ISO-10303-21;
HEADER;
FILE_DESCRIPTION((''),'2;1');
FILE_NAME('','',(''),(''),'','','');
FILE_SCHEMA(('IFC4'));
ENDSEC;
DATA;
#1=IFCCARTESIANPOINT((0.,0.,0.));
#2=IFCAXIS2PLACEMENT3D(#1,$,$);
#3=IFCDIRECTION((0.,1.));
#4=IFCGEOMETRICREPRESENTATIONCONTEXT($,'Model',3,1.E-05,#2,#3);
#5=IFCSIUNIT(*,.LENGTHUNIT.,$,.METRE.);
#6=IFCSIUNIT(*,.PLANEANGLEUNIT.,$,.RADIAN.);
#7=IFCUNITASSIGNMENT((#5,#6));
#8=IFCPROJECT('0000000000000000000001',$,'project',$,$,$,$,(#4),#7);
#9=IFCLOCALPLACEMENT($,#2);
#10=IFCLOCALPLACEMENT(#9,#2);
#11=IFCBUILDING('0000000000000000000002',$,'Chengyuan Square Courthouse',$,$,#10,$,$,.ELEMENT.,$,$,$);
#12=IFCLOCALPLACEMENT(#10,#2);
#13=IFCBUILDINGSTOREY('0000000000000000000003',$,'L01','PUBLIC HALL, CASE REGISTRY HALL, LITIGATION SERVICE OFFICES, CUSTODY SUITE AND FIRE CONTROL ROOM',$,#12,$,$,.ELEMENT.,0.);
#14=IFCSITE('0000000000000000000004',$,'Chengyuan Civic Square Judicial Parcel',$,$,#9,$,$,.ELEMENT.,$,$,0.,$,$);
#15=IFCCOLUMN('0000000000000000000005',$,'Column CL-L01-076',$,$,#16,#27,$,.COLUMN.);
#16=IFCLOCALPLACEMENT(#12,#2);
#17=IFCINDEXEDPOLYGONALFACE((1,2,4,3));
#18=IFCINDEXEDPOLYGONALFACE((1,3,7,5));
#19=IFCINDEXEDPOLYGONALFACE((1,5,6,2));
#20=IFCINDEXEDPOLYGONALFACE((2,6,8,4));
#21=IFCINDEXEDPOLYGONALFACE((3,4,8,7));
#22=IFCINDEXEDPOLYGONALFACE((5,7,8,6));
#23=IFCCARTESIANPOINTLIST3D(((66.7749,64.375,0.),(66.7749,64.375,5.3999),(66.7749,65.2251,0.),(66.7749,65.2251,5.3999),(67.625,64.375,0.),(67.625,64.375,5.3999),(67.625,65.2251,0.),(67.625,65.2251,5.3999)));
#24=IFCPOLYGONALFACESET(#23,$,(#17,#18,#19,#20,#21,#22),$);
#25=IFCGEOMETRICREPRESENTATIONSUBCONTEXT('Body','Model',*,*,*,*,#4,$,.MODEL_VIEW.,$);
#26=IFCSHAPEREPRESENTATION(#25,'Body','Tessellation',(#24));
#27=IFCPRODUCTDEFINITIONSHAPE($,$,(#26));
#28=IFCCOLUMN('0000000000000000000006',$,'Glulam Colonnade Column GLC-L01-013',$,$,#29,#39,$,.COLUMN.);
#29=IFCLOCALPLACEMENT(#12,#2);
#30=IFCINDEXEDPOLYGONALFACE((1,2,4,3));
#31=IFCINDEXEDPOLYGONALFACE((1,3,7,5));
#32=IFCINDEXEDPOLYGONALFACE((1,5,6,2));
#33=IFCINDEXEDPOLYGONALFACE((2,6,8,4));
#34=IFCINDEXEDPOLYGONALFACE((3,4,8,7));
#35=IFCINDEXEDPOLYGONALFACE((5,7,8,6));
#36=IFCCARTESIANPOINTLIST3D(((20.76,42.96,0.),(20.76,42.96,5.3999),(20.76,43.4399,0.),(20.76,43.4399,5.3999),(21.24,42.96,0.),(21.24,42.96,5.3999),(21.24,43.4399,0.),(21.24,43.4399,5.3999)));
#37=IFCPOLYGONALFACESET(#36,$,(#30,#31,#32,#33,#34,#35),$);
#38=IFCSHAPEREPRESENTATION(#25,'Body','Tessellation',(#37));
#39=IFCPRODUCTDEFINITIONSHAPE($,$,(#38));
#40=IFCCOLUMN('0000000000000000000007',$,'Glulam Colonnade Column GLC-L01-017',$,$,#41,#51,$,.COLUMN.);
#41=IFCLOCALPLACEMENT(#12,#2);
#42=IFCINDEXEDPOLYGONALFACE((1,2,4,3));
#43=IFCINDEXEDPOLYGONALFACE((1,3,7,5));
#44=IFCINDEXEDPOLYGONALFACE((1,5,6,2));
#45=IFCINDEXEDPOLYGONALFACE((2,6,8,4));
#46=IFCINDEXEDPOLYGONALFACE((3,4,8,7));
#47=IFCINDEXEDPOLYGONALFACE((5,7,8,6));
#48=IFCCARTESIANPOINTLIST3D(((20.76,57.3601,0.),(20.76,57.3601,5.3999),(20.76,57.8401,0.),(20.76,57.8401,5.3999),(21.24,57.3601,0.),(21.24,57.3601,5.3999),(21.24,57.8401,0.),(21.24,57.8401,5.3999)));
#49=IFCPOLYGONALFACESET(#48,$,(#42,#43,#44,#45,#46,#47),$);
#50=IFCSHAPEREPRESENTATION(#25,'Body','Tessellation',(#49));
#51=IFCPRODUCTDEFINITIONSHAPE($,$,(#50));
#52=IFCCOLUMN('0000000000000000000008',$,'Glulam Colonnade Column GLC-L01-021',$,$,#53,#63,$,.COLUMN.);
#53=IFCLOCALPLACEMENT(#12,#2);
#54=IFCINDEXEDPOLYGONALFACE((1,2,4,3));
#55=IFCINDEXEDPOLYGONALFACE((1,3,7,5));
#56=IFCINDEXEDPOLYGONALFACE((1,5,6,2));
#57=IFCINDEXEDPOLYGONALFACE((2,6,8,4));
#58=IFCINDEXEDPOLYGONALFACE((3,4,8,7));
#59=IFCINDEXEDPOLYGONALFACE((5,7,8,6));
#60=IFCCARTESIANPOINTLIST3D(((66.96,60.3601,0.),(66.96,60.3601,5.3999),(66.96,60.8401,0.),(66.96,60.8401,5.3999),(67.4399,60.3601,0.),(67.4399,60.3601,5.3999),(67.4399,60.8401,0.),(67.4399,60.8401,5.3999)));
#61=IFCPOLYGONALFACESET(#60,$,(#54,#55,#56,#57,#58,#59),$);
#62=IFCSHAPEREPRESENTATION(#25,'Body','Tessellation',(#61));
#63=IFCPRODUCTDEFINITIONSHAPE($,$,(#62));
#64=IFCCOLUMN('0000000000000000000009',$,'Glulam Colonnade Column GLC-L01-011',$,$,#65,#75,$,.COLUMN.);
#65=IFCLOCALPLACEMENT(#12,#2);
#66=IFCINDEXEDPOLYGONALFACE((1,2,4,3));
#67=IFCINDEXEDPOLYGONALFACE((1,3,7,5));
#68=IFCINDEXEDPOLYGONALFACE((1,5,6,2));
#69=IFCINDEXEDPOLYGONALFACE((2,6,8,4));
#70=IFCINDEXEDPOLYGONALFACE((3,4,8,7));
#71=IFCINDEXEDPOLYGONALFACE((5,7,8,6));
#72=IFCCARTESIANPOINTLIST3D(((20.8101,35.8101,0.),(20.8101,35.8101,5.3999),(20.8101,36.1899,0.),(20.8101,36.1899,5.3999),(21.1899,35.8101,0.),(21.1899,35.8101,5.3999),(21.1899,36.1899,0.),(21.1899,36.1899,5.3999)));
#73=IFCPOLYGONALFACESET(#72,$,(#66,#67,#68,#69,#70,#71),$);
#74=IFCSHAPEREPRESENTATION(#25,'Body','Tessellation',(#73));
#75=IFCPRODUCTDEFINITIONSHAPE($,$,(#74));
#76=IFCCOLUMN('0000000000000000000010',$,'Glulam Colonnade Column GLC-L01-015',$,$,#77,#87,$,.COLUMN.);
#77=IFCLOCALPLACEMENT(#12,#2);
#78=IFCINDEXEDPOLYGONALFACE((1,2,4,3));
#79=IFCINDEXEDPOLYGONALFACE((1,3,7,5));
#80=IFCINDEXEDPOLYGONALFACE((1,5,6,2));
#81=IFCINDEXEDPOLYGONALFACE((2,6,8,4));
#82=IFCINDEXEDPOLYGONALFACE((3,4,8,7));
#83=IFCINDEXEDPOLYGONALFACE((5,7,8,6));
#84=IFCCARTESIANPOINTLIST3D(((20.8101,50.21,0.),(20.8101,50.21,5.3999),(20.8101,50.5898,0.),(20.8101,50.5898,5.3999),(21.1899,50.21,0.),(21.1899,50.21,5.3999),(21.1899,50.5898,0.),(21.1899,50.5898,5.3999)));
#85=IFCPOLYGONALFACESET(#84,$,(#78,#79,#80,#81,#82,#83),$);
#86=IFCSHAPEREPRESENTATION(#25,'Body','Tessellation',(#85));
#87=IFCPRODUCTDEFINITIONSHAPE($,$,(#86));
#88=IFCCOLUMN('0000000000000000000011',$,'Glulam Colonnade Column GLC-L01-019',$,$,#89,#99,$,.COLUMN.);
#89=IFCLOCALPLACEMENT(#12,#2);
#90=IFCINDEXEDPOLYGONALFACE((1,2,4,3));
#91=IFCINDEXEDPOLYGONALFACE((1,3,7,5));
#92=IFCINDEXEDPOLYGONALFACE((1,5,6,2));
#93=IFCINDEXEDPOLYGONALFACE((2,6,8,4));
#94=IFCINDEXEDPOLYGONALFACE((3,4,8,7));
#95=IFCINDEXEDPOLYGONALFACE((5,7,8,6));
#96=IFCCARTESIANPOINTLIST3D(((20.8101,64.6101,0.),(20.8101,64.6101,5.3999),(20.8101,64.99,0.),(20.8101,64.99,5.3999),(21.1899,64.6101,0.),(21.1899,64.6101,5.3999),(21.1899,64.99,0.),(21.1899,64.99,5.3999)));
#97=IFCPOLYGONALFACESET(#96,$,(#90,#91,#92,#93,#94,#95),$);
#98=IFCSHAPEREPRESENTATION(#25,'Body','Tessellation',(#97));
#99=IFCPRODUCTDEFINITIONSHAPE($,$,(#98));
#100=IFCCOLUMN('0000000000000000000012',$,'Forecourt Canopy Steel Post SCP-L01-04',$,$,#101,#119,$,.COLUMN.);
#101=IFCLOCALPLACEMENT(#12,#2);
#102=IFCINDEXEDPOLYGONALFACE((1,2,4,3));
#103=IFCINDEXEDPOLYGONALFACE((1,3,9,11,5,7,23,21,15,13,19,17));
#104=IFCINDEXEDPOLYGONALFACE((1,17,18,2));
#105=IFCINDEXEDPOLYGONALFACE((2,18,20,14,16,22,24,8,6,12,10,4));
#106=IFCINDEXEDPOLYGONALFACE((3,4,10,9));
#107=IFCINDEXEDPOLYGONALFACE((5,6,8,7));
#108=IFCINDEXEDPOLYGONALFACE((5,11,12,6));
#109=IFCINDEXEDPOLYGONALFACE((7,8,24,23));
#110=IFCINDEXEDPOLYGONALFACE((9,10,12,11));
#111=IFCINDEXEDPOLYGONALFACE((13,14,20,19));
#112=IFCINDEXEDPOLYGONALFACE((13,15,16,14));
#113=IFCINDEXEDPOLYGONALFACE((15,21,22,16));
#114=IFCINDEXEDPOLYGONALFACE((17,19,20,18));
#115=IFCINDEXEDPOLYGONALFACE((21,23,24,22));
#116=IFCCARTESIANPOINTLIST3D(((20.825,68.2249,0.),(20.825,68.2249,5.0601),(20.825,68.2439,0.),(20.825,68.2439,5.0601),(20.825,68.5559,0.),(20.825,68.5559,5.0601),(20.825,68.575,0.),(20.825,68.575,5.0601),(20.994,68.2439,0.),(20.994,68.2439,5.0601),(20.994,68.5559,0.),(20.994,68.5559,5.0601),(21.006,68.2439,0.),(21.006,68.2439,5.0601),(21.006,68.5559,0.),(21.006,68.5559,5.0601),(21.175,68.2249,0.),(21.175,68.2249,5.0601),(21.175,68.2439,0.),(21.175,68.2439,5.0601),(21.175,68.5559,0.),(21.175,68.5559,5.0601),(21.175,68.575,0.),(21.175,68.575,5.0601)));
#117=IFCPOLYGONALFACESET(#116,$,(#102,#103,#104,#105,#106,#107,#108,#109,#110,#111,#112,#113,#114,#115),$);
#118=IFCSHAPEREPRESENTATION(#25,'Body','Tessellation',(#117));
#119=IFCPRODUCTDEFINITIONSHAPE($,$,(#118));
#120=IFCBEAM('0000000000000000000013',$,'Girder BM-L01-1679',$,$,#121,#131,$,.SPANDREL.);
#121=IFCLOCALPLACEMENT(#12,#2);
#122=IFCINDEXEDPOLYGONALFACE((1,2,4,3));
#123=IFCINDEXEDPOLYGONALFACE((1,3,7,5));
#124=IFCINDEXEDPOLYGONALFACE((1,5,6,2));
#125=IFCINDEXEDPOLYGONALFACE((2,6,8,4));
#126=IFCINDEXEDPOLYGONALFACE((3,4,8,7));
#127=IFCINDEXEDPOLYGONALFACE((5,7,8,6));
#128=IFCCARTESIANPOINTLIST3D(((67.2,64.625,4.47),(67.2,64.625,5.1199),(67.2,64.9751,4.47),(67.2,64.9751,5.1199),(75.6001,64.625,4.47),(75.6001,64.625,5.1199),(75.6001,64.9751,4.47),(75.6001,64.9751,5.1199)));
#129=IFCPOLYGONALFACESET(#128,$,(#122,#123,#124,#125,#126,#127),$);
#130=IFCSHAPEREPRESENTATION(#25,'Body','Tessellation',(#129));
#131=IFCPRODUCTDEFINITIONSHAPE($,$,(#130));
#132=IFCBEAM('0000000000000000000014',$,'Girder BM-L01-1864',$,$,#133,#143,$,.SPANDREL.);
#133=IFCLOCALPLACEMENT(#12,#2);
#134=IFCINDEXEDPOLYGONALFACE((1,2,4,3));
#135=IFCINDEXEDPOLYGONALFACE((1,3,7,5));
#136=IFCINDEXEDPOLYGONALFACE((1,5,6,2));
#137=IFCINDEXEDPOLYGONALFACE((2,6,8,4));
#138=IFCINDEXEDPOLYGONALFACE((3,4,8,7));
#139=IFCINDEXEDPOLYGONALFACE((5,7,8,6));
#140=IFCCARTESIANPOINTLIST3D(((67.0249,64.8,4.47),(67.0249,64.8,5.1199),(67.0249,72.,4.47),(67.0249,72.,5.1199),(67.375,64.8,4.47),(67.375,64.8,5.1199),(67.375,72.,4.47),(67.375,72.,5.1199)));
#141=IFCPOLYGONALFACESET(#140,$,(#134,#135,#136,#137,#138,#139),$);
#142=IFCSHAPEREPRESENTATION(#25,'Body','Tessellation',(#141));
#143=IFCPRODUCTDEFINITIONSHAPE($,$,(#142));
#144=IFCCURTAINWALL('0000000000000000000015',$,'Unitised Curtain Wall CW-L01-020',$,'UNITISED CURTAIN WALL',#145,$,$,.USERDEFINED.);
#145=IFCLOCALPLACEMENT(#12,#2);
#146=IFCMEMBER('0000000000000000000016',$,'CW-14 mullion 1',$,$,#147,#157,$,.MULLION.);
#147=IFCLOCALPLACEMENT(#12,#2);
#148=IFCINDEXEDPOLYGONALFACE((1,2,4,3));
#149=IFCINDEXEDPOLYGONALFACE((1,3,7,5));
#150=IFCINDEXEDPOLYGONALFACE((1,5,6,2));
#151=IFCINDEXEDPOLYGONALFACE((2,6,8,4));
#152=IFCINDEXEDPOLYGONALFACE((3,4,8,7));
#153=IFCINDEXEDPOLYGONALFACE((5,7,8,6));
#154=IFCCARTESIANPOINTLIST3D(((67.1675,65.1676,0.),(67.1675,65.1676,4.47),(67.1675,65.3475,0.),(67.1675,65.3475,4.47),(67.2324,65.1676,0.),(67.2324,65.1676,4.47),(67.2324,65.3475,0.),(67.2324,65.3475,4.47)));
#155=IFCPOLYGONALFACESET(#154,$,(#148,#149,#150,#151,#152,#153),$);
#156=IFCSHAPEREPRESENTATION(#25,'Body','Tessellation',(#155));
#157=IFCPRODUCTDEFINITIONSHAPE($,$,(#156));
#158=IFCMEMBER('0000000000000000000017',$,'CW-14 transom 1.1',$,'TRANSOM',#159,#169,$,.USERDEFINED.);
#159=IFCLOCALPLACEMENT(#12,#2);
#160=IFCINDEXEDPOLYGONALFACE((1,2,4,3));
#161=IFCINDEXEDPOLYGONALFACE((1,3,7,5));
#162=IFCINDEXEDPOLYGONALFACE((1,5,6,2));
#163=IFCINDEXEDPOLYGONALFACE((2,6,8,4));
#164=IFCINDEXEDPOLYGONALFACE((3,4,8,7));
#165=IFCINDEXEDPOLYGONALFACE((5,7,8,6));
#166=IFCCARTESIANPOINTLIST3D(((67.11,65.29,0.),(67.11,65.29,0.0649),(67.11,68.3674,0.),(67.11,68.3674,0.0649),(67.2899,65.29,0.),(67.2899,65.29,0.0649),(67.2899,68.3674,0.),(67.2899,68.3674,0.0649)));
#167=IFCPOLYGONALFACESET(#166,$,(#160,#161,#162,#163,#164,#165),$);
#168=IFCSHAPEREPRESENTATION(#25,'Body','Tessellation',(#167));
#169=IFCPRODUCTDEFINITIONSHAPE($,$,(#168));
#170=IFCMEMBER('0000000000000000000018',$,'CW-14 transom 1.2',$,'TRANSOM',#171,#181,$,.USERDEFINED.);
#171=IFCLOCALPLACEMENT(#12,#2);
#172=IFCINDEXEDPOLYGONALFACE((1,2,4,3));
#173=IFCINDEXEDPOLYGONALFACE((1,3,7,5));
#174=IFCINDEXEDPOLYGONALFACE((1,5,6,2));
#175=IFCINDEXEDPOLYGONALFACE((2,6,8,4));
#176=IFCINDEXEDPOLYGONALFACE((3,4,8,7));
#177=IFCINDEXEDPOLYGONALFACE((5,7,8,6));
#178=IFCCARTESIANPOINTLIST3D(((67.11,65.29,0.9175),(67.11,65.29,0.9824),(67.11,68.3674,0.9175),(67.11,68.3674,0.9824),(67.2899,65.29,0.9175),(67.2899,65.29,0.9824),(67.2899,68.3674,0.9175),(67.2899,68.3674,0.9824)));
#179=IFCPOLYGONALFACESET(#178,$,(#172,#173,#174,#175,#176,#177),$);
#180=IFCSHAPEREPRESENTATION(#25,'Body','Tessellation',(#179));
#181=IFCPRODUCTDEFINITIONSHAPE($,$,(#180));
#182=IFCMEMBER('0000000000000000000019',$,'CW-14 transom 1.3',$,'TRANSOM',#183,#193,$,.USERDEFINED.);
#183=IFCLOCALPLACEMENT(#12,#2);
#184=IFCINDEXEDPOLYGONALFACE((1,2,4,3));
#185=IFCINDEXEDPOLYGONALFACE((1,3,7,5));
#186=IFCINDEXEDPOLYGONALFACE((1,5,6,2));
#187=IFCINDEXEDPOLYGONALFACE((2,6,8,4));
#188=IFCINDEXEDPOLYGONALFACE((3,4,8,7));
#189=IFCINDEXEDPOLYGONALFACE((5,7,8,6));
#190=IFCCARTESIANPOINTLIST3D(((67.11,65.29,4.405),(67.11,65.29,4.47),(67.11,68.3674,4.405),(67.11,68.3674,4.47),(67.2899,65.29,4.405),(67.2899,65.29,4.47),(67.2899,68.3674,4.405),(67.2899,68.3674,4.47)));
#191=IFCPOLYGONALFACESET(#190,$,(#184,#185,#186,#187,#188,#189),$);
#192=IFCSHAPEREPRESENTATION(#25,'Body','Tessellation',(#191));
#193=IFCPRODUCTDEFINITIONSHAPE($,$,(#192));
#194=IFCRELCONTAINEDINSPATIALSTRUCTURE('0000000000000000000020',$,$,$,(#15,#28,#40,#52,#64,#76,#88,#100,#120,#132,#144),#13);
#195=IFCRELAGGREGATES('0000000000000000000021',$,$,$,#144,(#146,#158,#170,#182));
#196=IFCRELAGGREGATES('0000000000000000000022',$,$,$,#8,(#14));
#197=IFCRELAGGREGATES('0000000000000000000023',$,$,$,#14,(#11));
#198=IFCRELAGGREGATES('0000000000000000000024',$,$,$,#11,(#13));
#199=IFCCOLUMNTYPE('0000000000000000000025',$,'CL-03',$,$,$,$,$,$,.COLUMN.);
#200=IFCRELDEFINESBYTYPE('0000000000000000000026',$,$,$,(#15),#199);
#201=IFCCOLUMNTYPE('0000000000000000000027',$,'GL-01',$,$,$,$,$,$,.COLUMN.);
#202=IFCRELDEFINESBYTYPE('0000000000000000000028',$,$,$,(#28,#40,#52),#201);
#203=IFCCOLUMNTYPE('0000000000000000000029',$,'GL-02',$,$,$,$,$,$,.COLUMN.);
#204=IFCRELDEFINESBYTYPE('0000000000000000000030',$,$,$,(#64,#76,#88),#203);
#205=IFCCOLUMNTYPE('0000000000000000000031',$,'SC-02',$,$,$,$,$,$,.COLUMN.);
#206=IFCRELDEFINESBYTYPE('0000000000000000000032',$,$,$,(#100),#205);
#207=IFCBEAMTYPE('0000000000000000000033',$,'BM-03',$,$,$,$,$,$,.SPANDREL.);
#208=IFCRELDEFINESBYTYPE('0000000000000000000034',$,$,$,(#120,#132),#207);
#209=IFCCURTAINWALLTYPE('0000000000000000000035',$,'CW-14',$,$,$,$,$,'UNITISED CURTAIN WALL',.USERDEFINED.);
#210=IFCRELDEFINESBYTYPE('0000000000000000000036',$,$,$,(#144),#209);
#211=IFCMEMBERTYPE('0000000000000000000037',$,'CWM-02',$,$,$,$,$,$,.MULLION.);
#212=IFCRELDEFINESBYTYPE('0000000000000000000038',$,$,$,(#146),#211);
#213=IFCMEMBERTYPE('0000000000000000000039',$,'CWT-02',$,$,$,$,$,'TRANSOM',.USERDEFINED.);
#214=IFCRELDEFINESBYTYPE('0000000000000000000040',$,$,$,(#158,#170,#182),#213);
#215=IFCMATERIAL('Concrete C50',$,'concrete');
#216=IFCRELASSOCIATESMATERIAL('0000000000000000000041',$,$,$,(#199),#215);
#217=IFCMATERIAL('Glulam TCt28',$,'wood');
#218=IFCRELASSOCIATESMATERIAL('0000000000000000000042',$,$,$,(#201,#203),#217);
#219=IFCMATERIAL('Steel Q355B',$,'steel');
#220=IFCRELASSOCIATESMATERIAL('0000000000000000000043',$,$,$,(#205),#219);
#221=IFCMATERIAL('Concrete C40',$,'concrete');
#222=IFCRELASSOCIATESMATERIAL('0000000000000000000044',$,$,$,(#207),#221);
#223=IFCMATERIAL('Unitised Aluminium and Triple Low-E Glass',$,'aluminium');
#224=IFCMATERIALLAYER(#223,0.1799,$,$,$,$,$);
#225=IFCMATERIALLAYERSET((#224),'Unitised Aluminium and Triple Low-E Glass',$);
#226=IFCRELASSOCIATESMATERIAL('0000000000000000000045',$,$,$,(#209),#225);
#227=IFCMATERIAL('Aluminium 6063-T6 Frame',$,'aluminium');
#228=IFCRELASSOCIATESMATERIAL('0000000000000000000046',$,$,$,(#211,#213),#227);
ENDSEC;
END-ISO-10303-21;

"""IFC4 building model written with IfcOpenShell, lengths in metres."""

from ifc_helpers import new_model, si_unit, direction, frame, origin, origin_2d, place, context, subcontext, project, spatial, rectangle, i_section, extrude, material, layer, layer_set, material_profile, profile_set, type_object, element, aggregate, save


model = new_model("IFC4")

# Units and contexts
model_context = context("Model", 3, precision=1e-05, world=origin(), true_north=direction((0.0, 1.0)))
body_context = subcontext(model_context, "Body", "Model", "MODEL_VIEW")
ifc_project = project(units=[si_unit("LENGTHUNIT", "METRE"), si_unit("PLANEANGLEUNIT", "RADIAN")], contexts=[model_context])

# Site, building, storey
site_placement = place(None, origin())
site = spatial("IfcSite", under=ifc_project, at=site_placement, Name="Chengyuan Civic Square Judicial Parcel", CompositionType="ELEMENT", RefElevation=0.0)
building_placement = place(site_placement, origin())
building = spatial("IfcBuilding", under=site, at=building_placement, Name="Chengyuan Square Courthouse", CompositionType="ELEMENT")
storey_placement = place(building_placement, origin())
storey = spatial("IfcBuildingStorey", under=building, at=storey_placement, Name="L01", Description="PUBLIC HALL, CASE REGISTRY HALL, LITIGATION SERVICE OFFICES, CUSTODY SUITE AND FIRE CONTROL ROOM", CompositionType="ELEMENT", Elevation=0.0)

# Columns
ifc_material_1 = material(Name="Concrete C50", Category="concrete")
ifc_material_profile_1 = material_profile(ifc_material_1, rectangle(XDim=0.8501, YDim=0.8501, at=origin_2d()), Name="RC-COL-850x850")
ifc_profile_set_1 = profile_set([ifc_material_profile_1], Name="Concrete C50")
column_type_1 = type_object("IfcColumnType", Name="CL-03", PredefinedType="COLUMN", material=ifc_profile_set_1)
column_1_placement = place(storey_placement, frame((67.2, 64.8, 0.0), z_axis=(0.0, 0.0, 1.0), x_axis=(1.0, 0.0, 0.0)))
element("IfcColumn", 1, at=column_1_placement, inside=storey, type_object=column_type_1, Name="Column CL-L01-076", PredefinedType="COLUMN", context=body_context, shape_type="SweptSolid", body=[
    extrude(rectangle(XDim=0.8501, YDim=0.8501, at=origin_2d()), origin(), (0.0, 0.0, 1.0), 5.3999),
])
ifc_material_2 = material(Name="Glulam TCt28", Category="wood")
ifc_material_profile_2 = material_profile(ifc_material_2, rectangle(XDim=0.48, YDim=0.48, at=origin_2d()), Name="GL-COL-480x480")
ifc_profile_set_2 = profile_set([ifc_material_profile_2], Name="Glulam TCt28")
column_type_2 = type_object("IfcColumnType", Name="GL-01", PredefinedType="COLUMN", material=ifc_profile_set_2)
for number, where, z_axis, x_axis, name in (
    (2, (21.0, 43.2, 0.0), (0.0, 0.0, 1.0), (1.0, 0.0, 0.0), "Glulam Colonnade Column GLC-L01-013"),
    (3, (21.0, 57.6001, 0.0), (0.0, 0.0, 1.0), (1.0, 0.0, 0.0), "Glulam Colonnade Column GLC-L01-017"),
    (4, (67.2, 60.6001, 0.0), (0.0, 0.0, 1.0), (1.0, 0.0, 0.0), "Glulam Colonnade Column GLC-L01-021"),
):
    element("IfcColumn", number, at=place(storey_placement, frame(where, z_axis=z_axis, x_axis=x_axis)), inside=storey, type_object=column_type_2, Name=name, PredefinedType="COLUMN", context=body_context, shape_type="SweptSolid", body=[
        extrude(rectangle(XDim=0.48, YDim=0.48, at=origin_2d()), origin(), (0.0, 0.0, 1.0), 5.3999),
    ])
ifc_material_profile_3 = material_profile(ifc_material_2, rectangle(XDim=0.3799, YDim=0.3799, at=origin_2d()), Name="GL-COL-380x380")
ifc_profile_set_3 = profile_set([ifc_material_profile_3], Name="Glulam TCt28")
column_type_3 = type_object("IfcColumnType", Name="GL-02", PredefinedType="COLUMN", material=ifc_profile_set_3)
for number, where, z_axis, x_axis, name in (
    (5, (21.0, 36.0, 0.0), (0.0, 0.0, 1.0), (1.0, 0.0, 0.0), "Glulam Colonnade Column GLC-L01-011"),
    (6, (21.0, 50.3999, 0.0), (0.0, 0.0, 1.0), (1.0, 0.0, 0.0), "Glulam Colonnade Column GLC-L01-015"),
    (7, (21.0, 64.8, 0.0), (0.0, 0.0, 1.0), (1.0, 0.0, 0.0), "Glulam Colonnade Column GLC-L01-019"),
):
    element("IfcColumn", number, at=place(storey_placement, frame(where, z_axis=z_axis, x_axis=x_axis)), inside=storey, type_object=column_type_3, Name=name, PredefinedType="COLUMN", context=body_context, shape_type="SweptSolid", body=[
        extrude(rectangle(XDim=0.3799, YDim=0.3799, at=origin_2d()), origin(), (0.0, 0.0, 1.0), 5.3999),
    ])
ifc_material_3 = material(Name="Steel Q355B", Category="steel")
ifc_material_profile_4 = material_profile(ifc_material_3, i_section(OverallWidth=0.3501, OverallDepth=0.3501, WebThickness=0.012, FlangeThickness=0.019, at=origin_2d()), Name="HW 350x350x12x19")
ifc_profile_set_4 = profile_set([ifc_material_profile_4], Name="Steel Q355B")
column_type_4 = type_object("IfcColumnType", Name="SC-02", PredefinedType="COLUMN", material=ifc_profile_set_4)
column_2_placement = place(storey_placement, frame((21.0, 68.3999, 0.0), z_axis=(0.0, 0.0, 1.0), x_axis=(1.0, 0.0, 0.0)))
element("IfcColumn", 8, at=column_2_placement, inside=storey, type_object=column_type_4, Name="Forecourt Canopy Steel Post SCP-L01-04", PredefinedType="COLUMN", context=body_context, shape_type="SweptSolid", body=[
    extrude(i_section(OverallWidth=0.3501, OverallDepth=0.3501, WebThickness=0.012, FlangeThickness=0.019, at=origin_2d()), origin(), (0.0, 0.0, 1.0), 5.0601),
])

# Beams
ifc_material_4 = material(Name="Concrete C40", Category="concrete")
ifc_material_profile_5 = material_profile(ifc_material_4, rectangle(XDim=0.3501, YDim=0.6499, at=origin_2d()), Name="RC-BM-350x650")
ifc_profile_set_5 = profile_set([ifc_material_profile_5], Name="Concrete C40")
beam_type_1 = type_object("IfcBeamType", Name="BM-03", PredefinedType="SPANDREL", material=ifc_profile_set_5)
beam_1_placement = place(storey_placement, frame((67.2, 64.8, 4.7949), z_axis=(1.0, 0.0, 0.0), x_axis=(0.0, 1.0, 0.0)))
element("IfcBeam", 9, at=beam_1_placement, inside=storey, type_object=beam_type_1, Name="Girder BM-L01-1679", PredefinedType="SPANDREL", context=body_context, shape_type="SweptSolid", body=[
    extrude(rectangle(XDim=0.3501, YDim=0.6499, at=origin_2d()), origin(), (0.0, 0.0, 1.0), 8.4001),
])
beam_2_placement = place(storey_placement, frame((67.2, 64.8, 4.7949), z_axis=(0.0, 1.0, 0.0), x_axis=(-1.0, 0.0, 0.0)))
element("IfcBeam", 10, at=beam_2_placement, inside=storey, type_object=beam_type_1, Name="Girder BM-L01-1864", PredefinedType="SPANDREL", context=body_context, shape_type="SweptSolid", body=[
    extrude(rectangle(XDim=0.3501, YDim=0.6499, at=origin_2d()), origin(), (0.0, 0.0, 1.0), 7.2),
])

# Curtain wall, members
ifc_material_5 = material(Name="Unitised Aluminium and Triple Low-E Glass", Category="aluminium")
ifc_layer_1 = layer(ifc_material_5, 0.1799)
ifc_layer_set_1 = layer_set([ifc_layer_1], Name="Unitised Aluminium and Triple Low-E Glass")
curtain_wall_type_1 = type_object("IfcCurtainWallType", Name="CW-14", ElementType="UNITISED CURTAIN WALL", PredefinedType="USERDEFINED", material=ifc_layer_set_1)
curtain_wall_1_placement = place(storey_placement, origin())
curtain_wall_1 = element("IfcCurtainWall", 11, at=curtain_wall_1_placement, inside=storey, type_object=curtain_wall_type_1, Name="Unitised Curtain Wall CW-L01-020", ObjectType="UNITISED CURTAIN WALL", PredefinedType="USERDEFINED")
ifc_material_6 = material(Name="Aluminium 6063-T6 Frame", Category="aluminium")
ifc_material_profile_6 = material_profile(ifc_material_6, rectangle(XDim=0.0649, YDim=0.1799, at=origin_2d()), Name="CW-MUL-65x180")
ifc_profile_set_6 = profile_set([ifc_material_profile_6], Name="Aluminium 6063-T6 Frame")
member_type_1 = type_object("IfcMemberType", Name="CWM-02", PredefinedType="MULLION", material=ifc_profile_set_6)
member_1_placement = place(storey_placement, frame((67.2, 65.2576, 0.0), z_axis=(0.0, 0.0, 1.0), x_axis=(-1.0, 0.0, 0.0)))
member_1 = element("IfcMember", 12, at=member_1_placement, type_object=member_type_1, Name="CW-14 mullion 1", PredefinedType="MULLION", context=body_context, shape_type="SweptSolid", body=[
    extrude(rectangle(XDim=0.0649, YDim=0.1799, at=origin_2d()), origin(), (0.0, 0.0, 1.0), 4.47),
])
ifc_material_profile_7 = material_profile(ifc_material_6, rectangle(XDim=0.1799, YDim=0.0649, at=origin_2d()), Name="CW-TRN-65x140")
ifc_profile_set_7 = profile_set([ifc_material_profile_7], Name="Aluminium 6063-T6 Frame")
member_type_2 = type_object("IfcMemberType", Name="CWT-02", ElementType="TRANSOM", PredefinedType="USERDEFINED", material=ifc_profile_set_7)
member_2_placement = place(storey_placement, frame((67.2, 65.29, 0.0325), z_axis=(0.0, 1.0, 0.0), x_axis=(-1.0, 0.0, 0.0)))
member_2 = element("IfcMember", 13, at=member_2_placement, type_object=member_type_2, Name="CW-14 transom 1.1", ObjectType="TRANSOM", PredefinedType="USERDEFINED", context=body_context, shape_type="SweptSolid", body=[
    extrude(rectangle(XDim=0.1799, YDim=0.0649, at=origin_2d()), origin(), (0.0, 0.0, 1.0), 3.0774),
])
member_3_placement = place(storey_placement, frame((67.2, 65.29, 0.95), z_axis=(0.0, 1.0, 0.0), x_axis=(-1.0, 0.0, 0.0)))
member_3 = element("IfcMember", 14, at=member_3_placement, type_object=member_type_2, Name="CW-14 transom 1.2", ObjectType="TRANSOM", PredefinedType="USERDEFINED", context=body_context, shape_type="SweptSolid", body=[
    extrude(rectangle(XDim=0.1799, YDim=0.0649, at=origin_2d()), origin(), (0.0, 0.0, 1.0), 3.0774),
])
member_4_placement = place(storey_placement, frame((67.2, 65.29, 4.4375), z_axis=(0.0, 1.0, 0.0), x_axis=(-1.0, 0.0, 0.0)))
member_4 = element("IfcMember", 15, at=member_4_placement, type_object=member_type_2, Name="CW-14 transom 1.3", ObjectType="TRANSOM", PredefinedType="USERDEFINED", context=body_context, shape_type="SweptSolid", body=[
    extrude(rectangle(XDim=0.1799, YDim=0.0649, at=origin_2d()), origin(), (0.0, 0.0, 1.0), 3.0774),
])

aggregate(curtain_wall_1, [member_1, member_2, member_3, member_4])

save(model, "model.ifc")
